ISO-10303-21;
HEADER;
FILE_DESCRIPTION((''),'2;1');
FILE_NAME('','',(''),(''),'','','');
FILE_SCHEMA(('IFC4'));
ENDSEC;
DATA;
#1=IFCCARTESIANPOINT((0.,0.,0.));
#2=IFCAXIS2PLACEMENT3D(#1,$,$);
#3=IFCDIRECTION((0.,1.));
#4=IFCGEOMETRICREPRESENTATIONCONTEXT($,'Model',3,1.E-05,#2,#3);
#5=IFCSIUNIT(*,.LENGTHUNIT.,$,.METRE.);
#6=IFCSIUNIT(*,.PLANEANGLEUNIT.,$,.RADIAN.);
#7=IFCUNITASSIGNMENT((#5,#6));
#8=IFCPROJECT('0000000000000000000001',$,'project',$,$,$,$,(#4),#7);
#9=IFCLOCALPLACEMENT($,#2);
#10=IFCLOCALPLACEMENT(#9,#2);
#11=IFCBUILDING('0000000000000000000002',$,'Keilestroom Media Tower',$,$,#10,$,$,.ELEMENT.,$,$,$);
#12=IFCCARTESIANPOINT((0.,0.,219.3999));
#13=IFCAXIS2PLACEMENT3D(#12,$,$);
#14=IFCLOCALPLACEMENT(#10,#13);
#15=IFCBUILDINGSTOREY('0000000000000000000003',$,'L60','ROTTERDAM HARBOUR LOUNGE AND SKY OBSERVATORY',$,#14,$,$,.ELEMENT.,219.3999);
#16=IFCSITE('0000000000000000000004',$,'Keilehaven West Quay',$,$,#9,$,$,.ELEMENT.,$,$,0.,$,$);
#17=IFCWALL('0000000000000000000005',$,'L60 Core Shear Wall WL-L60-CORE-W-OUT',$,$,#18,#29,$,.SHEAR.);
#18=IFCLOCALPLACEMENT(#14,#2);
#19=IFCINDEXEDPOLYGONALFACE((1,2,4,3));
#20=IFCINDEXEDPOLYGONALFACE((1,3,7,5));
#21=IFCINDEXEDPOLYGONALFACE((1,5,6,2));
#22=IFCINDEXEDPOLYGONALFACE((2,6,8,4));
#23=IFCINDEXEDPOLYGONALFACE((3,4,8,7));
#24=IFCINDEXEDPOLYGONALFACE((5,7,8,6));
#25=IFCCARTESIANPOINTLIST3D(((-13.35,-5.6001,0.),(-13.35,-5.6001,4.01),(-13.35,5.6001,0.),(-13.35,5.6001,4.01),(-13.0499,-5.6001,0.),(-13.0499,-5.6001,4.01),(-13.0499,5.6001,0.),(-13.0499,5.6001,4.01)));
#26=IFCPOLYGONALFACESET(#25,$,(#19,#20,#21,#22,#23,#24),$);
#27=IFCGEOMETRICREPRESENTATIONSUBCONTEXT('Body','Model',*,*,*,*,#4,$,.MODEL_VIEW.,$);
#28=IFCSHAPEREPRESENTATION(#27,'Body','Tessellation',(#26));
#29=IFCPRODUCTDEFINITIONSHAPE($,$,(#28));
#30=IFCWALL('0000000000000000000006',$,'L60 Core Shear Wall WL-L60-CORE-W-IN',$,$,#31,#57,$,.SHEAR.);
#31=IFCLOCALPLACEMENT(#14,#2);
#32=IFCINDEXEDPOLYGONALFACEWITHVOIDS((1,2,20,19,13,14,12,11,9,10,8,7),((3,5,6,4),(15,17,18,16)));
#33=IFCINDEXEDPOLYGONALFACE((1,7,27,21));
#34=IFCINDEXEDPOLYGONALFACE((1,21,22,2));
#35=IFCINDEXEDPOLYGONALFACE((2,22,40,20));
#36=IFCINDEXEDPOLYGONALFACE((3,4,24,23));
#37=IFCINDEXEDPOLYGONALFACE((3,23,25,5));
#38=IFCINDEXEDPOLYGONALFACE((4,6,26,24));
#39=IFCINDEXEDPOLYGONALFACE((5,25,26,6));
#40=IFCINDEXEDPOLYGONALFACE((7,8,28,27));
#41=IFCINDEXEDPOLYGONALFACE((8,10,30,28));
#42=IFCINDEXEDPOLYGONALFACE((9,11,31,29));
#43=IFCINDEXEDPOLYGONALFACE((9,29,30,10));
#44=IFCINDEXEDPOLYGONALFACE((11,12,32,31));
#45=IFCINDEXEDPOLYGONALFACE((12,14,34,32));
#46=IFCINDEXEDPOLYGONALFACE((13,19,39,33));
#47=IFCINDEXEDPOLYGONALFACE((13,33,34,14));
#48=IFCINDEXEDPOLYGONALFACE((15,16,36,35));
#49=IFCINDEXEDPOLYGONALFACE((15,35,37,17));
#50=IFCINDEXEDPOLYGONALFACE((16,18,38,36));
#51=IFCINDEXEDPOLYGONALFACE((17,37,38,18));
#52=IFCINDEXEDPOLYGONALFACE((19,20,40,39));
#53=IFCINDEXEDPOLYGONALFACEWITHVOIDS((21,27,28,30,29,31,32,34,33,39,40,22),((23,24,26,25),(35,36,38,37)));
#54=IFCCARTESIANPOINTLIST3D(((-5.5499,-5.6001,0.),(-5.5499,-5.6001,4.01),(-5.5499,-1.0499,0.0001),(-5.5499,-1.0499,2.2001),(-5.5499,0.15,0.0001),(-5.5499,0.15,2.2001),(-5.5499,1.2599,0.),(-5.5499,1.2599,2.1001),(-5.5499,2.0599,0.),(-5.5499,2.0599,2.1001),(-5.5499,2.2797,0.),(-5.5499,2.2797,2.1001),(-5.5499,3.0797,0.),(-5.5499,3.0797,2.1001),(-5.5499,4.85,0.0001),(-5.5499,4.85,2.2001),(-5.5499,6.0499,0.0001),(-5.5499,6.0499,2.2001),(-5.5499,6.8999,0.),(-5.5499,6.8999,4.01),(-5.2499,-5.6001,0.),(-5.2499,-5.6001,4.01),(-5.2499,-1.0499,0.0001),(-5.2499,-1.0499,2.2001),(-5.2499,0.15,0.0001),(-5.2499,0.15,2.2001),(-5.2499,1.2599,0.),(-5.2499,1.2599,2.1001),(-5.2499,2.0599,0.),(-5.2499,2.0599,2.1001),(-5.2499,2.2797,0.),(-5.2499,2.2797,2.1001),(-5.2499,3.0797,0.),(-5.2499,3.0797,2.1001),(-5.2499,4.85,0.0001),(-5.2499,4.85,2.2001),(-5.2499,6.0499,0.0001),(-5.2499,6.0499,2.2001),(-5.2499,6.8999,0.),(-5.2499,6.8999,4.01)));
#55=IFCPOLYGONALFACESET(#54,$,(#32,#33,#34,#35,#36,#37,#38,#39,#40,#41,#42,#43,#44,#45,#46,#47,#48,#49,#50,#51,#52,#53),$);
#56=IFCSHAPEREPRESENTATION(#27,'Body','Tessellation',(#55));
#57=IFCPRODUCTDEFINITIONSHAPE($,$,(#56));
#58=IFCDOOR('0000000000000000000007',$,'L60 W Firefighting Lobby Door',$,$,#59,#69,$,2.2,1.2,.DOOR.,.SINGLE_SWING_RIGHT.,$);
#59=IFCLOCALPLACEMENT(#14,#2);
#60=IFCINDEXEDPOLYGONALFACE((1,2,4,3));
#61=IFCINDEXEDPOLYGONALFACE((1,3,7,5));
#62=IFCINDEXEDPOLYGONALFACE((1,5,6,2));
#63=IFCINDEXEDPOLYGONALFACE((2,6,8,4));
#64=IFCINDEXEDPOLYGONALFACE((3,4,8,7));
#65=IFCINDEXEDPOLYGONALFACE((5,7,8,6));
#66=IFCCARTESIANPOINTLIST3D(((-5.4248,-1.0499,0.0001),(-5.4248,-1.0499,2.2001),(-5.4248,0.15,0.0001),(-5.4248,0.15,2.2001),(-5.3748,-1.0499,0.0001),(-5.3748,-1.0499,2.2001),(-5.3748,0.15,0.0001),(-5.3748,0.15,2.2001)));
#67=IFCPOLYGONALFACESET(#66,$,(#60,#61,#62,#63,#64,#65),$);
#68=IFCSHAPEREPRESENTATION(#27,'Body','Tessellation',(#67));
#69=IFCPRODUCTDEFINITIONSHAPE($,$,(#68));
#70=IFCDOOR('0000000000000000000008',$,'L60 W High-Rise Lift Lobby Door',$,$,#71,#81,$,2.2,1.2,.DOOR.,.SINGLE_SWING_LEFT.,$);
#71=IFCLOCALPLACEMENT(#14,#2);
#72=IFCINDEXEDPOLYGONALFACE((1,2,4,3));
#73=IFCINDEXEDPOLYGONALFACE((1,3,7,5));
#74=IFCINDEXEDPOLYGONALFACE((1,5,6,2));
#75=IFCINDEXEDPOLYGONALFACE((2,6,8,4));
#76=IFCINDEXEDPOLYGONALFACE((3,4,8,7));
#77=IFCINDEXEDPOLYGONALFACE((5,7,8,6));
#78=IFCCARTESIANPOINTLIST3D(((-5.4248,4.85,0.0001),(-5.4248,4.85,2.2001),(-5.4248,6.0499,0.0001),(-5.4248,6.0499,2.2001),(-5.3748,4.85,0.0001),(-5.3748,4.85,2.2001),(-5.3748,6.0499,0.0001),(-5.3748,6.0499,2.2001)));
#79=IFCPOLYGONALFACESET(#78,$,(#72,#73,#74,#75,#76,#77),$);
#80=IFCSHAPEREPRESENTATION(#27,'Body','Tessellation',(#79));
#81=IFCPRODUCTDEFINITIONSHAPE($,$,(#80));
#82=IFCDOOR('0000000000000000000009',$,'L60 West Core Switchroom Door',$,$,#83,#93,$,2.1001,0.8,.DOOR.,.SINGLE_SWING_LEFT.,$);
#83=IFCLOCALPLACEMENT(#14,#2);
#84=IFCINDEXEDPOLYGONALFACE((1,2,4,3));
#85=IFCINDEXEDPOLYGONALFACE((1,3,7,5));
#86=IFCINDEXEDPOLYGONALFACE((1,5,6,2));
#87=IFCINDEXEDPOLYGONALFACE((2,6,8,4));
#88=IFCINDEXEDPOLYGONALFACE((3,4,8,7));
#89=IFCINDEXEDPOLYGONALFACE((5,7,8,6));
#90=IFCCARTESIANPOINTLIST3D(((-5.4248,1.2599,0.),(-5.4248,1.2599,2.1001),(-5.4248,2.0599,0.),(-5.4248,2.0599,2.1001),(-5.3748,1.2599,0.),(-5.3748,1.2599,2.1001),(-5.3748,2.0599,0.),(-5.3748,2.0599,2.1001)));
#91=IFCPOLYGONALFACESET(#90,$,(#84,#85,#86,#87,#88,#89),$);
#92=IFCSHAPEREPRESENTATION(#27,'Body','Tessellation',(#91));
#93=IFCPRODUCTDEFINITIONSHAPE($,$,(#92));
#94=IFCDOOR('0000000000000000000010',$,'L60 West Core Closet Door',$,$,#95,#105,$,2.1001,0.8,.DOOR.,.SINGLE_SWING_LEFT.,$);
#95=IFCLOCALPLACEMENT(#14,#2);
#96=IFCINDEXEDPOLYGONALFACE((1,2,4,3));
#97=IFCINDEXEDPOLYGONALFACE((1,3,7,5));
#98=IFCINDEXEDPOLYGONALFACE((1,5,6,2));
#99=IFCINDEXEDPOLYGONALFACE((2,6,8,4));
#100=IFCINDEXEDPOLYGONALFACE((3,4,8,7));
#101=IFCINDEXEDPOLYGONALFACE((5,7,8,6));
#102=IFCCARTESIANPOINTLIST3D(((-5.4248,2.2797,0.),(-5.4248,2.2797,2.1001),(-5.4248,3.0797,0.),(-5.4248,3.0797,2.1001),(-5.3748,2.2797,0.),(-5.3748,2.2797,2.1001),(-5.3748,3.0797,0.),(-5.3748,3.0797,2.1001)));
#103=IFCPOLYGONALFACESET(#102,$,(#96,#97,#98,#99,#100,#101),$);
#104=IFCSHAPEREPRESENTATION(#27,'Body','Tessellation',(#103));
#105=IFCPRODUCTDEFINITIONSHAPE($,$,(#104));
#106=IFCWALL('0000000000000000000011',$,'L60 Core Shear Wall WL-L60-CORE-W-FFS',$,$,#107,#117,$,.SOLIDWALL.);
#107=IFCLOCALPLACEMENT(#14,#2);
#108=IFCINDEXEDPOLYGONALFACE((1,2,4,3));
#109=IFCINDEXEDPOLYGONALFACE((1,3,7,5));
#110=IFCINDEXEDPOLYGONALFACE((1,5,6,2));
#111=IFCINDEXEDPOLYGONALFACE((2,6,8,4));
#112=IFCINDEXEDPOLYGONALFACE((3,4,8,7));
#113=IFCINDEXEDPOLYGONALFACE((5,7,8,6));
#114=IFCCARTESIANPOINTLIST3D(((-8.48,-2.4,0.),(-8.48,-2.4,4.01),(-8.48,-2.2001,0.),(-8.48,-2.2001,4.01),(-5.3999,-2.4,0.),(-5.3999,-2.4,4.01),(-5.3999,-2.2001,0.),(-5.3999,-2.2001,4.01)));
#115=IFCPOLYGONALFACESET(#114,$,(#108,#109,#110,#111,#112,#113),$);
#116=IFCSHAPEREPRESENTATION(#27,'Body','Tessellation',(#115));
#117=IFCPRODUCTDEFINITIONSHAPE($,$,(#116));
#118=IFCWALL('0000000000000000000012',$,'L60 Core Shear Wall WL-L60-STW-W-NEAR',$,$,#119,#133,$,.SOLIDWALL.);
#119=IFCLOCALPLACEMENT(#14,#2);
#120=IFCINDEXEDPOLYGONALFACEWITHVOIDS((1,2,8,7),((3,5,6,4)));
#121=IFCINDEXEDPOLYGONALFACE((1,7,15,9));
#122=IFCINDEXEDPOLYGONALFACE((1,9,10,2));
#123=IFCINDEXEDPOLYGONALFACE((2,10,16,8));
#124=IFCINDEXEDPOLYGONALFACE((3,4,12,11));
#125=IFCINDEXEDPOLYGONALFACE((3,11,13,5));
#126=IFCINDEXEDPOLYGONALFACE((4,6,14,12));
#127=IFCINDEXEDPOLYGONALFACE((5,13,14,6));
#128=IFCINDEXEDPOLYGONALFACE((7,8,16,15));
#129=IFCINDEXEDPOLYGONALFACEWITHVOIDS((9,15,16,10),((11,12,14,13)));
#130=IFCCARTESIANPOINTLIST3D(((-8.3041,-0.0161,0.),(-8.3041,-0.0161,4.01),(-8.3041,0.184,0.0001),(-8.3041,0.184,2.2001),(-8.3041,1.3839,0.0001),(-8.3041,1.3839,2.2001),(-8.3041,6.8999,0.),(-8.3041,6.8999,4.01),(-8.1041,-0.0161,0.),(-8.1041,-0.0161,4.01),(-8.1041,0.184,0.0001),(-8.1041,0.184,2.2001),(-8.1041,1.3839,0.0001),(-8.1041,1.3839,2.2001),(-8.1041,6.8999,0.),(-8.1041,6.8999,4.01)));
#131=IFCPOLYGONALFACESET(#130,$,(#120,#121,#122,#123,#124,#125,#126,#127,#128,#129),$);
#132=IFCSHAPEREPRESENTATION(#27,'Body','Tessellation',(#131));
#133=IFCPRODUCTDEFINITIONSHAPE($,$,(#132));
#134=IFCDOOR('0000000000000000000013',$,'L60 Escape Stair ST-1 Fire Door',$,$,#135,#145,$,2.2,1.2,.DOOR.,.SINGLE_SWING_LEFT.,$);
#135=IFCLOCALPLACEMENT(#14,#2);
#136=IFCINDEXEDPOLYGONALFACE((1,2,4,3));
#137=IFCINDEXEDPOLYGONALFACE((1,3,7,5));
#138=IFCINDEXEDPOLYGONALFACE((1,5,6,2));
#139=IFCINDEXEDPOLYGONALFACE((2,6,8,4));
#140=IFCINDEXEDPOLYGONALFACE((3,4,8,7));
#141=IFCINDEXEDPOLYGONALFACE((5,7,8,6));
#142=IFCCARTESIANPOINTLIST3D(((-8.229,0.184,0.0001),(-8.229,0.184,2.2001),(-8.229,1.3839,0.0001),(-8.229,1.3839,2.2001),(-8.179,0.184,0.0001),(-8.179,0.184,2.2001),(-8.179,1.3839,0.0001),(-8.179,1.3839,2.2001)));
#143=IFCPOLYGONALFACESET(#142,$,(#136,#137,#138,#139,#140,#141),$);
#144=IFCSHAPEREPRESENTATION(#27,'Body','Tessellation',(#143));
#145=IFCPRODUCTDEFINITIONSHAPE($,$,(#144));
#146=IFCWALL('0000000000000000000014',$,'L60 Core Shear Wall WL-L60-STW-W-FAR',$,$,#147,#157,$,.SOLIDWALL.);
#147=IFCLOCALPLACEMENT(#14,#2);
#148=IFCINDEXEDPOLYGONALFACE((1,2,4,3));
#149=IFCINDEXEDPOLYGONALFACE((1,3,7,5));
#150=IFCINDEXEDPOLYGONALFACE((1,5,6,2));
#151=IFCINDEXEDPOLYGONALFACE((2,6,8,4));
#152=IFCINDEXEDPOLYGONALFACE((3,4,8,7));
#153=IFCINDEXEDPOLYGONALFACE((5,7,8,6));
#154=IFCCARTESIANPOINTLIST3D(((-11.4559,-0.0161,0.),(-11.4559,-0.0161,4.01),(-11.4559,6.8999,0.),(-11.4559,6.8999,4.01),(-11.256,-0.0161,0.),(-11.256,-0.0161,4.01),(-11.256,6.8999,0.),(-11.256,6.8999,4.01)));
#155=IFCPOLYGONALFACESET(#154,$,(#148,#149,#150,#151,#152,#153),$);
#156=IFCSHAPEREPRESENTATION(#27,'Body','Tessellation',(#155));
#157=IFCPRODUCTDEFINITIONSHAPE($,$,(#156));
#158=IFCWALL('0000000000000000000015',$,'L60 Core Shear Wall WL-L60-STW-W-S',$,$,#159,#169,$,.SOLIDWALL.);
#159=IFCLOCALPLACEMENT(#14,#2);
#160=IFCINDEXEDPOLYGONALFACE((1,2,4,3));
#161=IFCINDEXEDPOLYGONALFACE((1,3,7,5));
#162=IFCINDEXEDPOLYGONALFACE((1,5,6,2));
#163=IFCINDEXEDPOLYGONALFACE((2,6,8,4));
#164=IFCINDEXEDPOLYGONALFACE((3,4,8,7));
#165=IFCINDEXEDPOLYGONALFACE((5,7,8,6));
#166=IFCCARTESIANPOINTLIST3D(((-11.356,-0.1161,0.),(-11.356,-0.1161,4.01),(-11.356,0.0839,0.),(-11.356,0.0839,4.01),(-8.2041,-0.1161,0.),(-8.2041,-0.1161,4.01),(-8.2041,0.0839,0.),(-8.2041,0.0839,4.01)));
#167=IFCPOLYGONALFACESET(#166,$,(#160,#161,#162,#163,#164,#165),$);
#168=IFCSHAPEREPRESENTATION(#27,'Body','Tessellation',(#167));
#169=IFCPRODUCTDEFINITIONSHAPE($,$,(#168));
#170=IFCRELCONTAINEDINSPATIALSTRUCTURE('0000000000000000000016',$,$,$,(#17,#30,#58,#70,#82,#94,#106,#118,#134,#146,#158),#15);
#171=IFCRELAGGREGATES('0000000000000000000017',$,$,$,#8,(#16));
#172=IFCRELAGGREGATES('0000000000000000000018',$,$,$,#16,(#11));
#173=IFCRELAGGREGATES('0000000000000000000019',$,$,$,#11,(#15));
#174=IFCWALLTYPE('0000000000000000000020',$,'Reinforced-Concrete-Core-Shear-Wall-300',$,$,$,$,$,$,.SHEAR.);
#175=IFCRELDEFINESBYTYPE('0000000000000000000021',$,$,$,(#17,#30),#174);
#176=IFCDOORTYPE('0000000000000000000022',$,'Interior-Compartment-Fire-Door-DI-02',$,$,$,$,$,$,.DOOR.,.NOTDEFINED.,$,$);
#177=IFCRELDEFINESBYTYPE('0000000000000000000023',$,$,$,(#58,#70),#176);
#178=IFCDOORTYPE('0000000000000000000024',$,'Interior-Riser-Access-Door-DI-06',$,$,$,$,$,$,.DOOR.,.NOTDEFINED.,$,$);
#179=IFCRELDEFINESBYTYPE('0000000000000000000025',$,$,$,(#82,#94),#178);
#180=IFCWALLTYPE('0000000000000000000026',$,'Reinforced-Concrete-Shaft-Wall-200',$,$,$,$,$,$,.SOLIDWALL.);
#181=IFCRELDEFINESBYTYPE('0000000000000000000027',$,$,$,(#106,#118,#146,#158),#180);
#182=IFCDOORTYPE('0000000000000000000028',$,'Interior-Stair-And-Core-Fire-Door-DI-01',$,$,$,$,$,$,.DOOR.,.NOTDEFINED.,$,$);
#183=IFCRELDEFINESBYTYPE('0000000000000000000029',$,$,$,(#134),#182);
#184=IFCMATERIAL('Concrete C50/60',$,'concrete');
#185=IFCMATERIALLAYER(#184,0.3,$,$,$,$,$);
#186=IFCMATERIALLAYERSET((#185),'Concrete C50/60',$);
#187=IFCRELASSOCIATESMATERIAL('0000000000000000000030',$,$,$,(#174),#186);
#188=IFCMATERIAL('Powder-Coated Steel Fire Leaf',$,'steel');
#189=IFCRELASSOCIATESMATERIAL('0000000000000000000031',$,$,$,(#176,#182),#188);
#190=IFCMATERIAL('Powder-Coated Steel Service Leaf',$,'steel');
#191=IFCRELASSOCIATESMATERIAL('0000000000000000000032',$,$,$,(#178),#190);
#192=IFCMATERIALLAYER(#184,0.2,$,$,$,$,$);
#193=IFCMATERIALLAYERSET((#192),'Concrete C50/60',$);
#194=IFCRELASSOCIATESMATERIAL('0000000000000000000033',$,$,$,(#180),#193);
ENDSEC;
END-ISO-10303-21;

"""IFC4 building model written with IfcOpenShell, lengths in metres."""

from ifc_helpers import new_model, si_unit, direction, frame, frame_2d, origin, place, context, subcontext, project, spatial, rectangle, extrude, source, transform, mapped, material, layer, layer_set, type_object, element, fill, save


model = new_model("IFC4")

# Units and contexts
model_context = context("Model", 3, precision=1e-05, world=origin(), true_north=direction((0.0, 1.0)))
body_context = subcontext(model_context, "Body", "Model", "MODEL_VIEW")
ifc_project = project(units=[si_unit("LENGTHUNIT", "METRE"), si_unit("PLANEANGLEUNIT", "RADIAN")], contexts=[model_context])

# Site, building, storey
site_placement = place(None, origin())
site = spatial("IfcSite", under=ifc_project, at=site_placement, Name="Keilehaven West Quay", CompositionType="ELEMENT", RefElevation=0.0)
building_placement = place(site_placement, origin())
building = spatial("IfcBuilding", under=site, at=building_placement, Name="Keilestroom Media Tower", CompositionType="ELEMENT")
storey_placement = place(building_placement, frame((0.0, 0.0, 219.3999)))
storey = spatial("IfcBuildingStorey", under=building, at=storey_placement, Name="L60", Description="ROTTERDAM HARBOUR LOUNGE AND SKY OBSERVATORY", CompositionType="ELEMENT", Elevation=219.3999)

# Wall
ifc_material_1 = material(Name="Concrete C50/60", Category="concrete")
ifc_layer_1 = layer(ifc_material_1, 0.3)
ifc_layer_set_1 = layer_set([ifc_layer_1], Name="Concrete C50/60")
wall_type_1 = type_object("IfcWallType", Name="Reinforced-Concrete-Core-Shear-Wall-300", PredefinedType="SHEAR", material=ifc_layer_set_1)
wall_1_placement = place(storey_placement, frame((-13.2, -5.6001, 0.0), z_axis=(0.0, 0.0, 1.0), x_axis=(0.0, 1.0, 0.0)))
element("IfcWall", 1, at=wall_1_placement, inside=storey, type_object=wall_type_1, Name="L60 Core Shear Wall WL-L60-CORE-W-OUT", PredefinedType="SHEAR", context=body_context, shape_type="SweptSolid", body=[
    extrude(rectangle(XDim=11.2002, YDim=0.3, at=frame_2d((5.6001, 0.0))), origin(), (0.0, 0.0, 1.0), 4.01),
])

# Wall, openings, doors
wall_2_placement = place(storey_placement, frame((-5.3999, -5.6001, 0.0), z_axis=(0.0, 0.0, 1.0), x_axis=(0.0, 1.0, 0.0)))
wall_2 = element("IfcWall", 2, at=wall_2_placement, inside=storey, type_object=wall_type_1, Name="L60 Core Shear Wall WL-L60-CORE-W-IN", PredefinedType="SHEAR", context=body_context, shape_type="SweptSolid", body=[
    extrude(rectangle(XDim=12.5, YDim=0.3, at=frame_2d((6.25, 0.0))), origin(), (0.0, 0.0, 1.0), 4.01),
])
opening_1_placement = place(wall_2_placement, frame((4.55, 0.0, 0.0)))
opening_1 = element("IfcOpeningElement", 3, at=opening_1_placement, cuts=wall_2, PredefinedType="OPENING", context=body_context, shape_type="SweptSolid", body=[
    extrude(rectangle(XDim=1.2, YDim=2.2, at=frame_2d((0.6001, 1.1001))), frame((0.0, 0.1602, 0.0), z_axis=(0.0, -1.0, 0.0), x_axis=(1.0, 0.0, 0.0)), (0.0, 0.0, 1.0), 0.3201),
])
opening_2_placement = place(wall_2_placement, frame((10.45, 0.0, 0.0)))
opening_2 = element("IfcOpeningElement", 4, at=opening_2_placement, cuts=wall_2, PredefinedType="OPENING", context=body_context, shape_type="SweptSolid", body=[
    extrude(rectangle(XDim=1.2, YDim=2.2, at=frame_2d((0.6001, 1.1001))), frame((0.0, 0.1602, 0.0), z_axis=(0.0, -1.0, 0.0), x_axis=(1.0, 0.0, 0.0)), (0.0, 0.0, 1.0), 0.3201),
])
opening_3_placement = place(wall_2_placement, frame((6.8601, 0.0, 0.0)))
opening_3 = element("IfcOpeningElement", 5, at=opening_3_placement, cuts=wall_2, PredefinedType="OPENING", context=body_context, shape_type="SweptSolid", body=[
    extrude(rectangle(XDim=0.8, YDim=2.1001, at=frame_2d((0.3999, 1.05))), frame((0.0, 0.1602, 0.0), z_axis=(0.0, -1.0, 0.0), x_axis=(1.0, 0.0, 0.0)), (0.0, 0.0, 1.0), 0.3201),
])
opening_4_placement = place(wall_2_placement, frame((7.8799, 0.0, 0.0)))
opening_4 = element("IfcOpeningElement", 6, at=opening_4_placement, cuts=wall_2, PredefinedType="OPENING", context=body_context, shape_type="SweptSolid", body=[
    extrude(rectangle(XDim=0.8, YDim=2.1001, at=frame_2d((0.3999, 1.05))), frame((0.0, 0.1602, 0.0), z_axis=(0.0, -1.0, 0.0), x_axis=(1.0, 0.0, 0.0)), (0.0, 0.0, 1.0), 0.3201),
])
ifc_material_2 = material(Name="Powder-Coated Steel Fire Leaf", Category="steel")
door_type_1 = type_object("IfcDoorType", Name="Interior-Compartment-Fire-Door-DI-02", OperationType="NOTDEFINED", PredefinedType="DOOR", material=ifc_material_2)
shared_shape_1 = source(origin(), body_context, "Body", "SweptSolid", [
    extrude(rectangle(XDim=1.2, YDim=2.2, at=frame_2d((0.6001, 1.1001))), frame((0.0, 0.0249, 0.0), z_axis=(0.0, -1.0, 0.0), x_axis=(1.0, 0.0, 0.0)), (0.0, 0.0, 1.0), 0.05),
])
door_1_placement = place(opening_1_placement, origin())
door_1 = element("IfcDoor", 7, at=door_1_placement, inside=storey, type_object=door_type_1, Name="L60 W Firefighting Lobby Door", OperationType="SINGLE_SWING_RIGHT", OverallHeight=2.2, OverallWidth=1.2, PredefinedType="DOOR", context=body_context, shape_type="MappedRepresentation", body=[
    mapped(shared_shape_1, transform((0.0, 0.0, 0.0), x_axis=(1.0, 0.0, 0.0), y_axis=(0.0, 1.0, 0.0), z_axis=(0.0, 0.0, 1.0), scale=1.0)),
])
fill(opening_1, door_1)
door_2_placement = place(opening_2_placement, origin())
door_2 = element("IfcDoor", 8, at=door_2_placement, inside=storey, type_object=door_type_1, Name="L60 W High-Rise Lift Lobby Door", OperationType="SINGLE_SWING_LEFT", OverallHeight=2.2, OverallWidth=1.2, PredefinedType="DOOR", context=body_context, shape_type="MappedRepresentation", body=[
    mapped(shared_shape_1, transform((0.0, 0.0, 0.0), x_axis=(1.0, 0.0, 0.0), y_axis=(0.0, 1.0, 0.0), z_axis=(0.0, 0.0, 1.0), scale=1.0)),
])
fill(opening_2, door_2)
ifc_material_3 = material(Name="Powder-Coated Steel Service Leaf", Category="steel")
door_type_2 = type_object("IfcDoorType", Name="Interior-Riser-Access-Door-DI-06", OperationType="NOTDEFINED", PredefinedType="DOOR", material=ifc_material_3)
shared_shape_2 = source(origin(), body_context, "Body", "SweptSolid", [
    extrude(rectangle(XDim=0.8, YDim=2.1001, at=frame_2d((0.3999, 1.05))), frame((0.0, 0.0249, 0.0), z_axis=(0.0, -1.0, 0.0), x_axis=(1.0, 0.0, 0.0)), (0.0, 0.0, 1.0), 0.05),
])
door_3_placement = place(opening_3_placement, origin())
door_3 = element("IfcDoor", 9, at=door_3_placement, inside=storey, type_object=door_type_2, Name="L60 West Core Switchroom Door", OperationType="SINGLE_SWING_LEFT", OverallHeight=2.1001, OverallWidth=0.8, PredefinedType="DOOR", context=body_context, shape_type="MappedRepresentation", body=[
    mapped(shared_shape_2, transform((0.0, 0.0, 0.0), x_axis=(1.0, 0.0, 0.0), y_axis=(0.0, 1.0, 0.0), z_axis=(0.0, 0.0, 1.0), scale=1.0)),
])
fill(opening_3, door_3)
door_4_placement = place(opening_4_placement, origin())
door_4 = element("IfcDoor", 10, at=door_4_placement, inside=storey, type_object=door_type_2, Name="L60 West Core Closet Door", OperationType="SINGLE_SWING_LEFT", OverallHeight=2.1001, OverallWidth=0.8, PredefinedType="DOOR", context=body_context, shape_type="MappedRepresentation", body=[
    mapped(shared_shape_2, transform((0.0, 0.0, 0.0), x_axis=(1.0, 0.0, 0.0), y_axis=(0.0, 1.0, 0.0), z_axis=(0.0, 0.0, 1.0), scale=1.0)),
])
fill(opening_4, door_4)

# Wall
ifc_layer_2 = layer(ifc_material_1, 0.2)
ifc_layer_set_2 = layer_set([ifc_layer_2], Name="Concrete C50/60")
wall_type_2 = type_object("IfcWallType", Name="Reinforced-Concrete-Shaft-Wall-200", PredefinedType="SOLIDWALL", material=ifc_layer_set_2)
wall_3_placement = place(storey_placement, frame((-8.48, -2.3, 0.0), z_axis=(0.0, 0.0, 1.0), x_axis=(1.0, 0.0, 0.0)))
element("IfcWall", 11, at=wall_3_placement, inside=storey, type_object=wall_type_2, Name="L60 Core Shear Wall WL-L60-CORE-W-FFS", PredefinedType="SOLIDWALL", context=body_context, shape_type="SweptSolid", body=[
    extrude(rectangle(XDim=3.0801, YDim=0.2, at=frame_2d((1.54, 0.0))), origin(), (0.0, 0.0, 1.0), 4.01),
])

# Wall, opening, door
wall_4_placement = place(storey_placement, frame((-8.2041, -0.0161, 0.0), z_axis=(0.0, 0.0, 1.0), x_axis=(0.0, 1.0, 0.0)))
wall_4 = element("IfcWall", 12, at=wall_4_placement, inside=storey, type_object=wall_type_2, Name="L60 Core Shear Wall WL-L60-STW-W-NEAR", PredefinedType="SOLIDWALL", context=body_context, shape_type="SweptSolid", body=[
    extrude(rectangle(XDim=6.916, YDim=0.2, at=frame_2d((3.458, 0.0))), origin(), (0.0, 0.0, 1.0), 4.01),
])
opening_5_placement = place(wall_4_placement, frame((0.2, 0.0, 0.0)))
opening_5 = element("IfcOpeningElement", 13, at=opening_5_placement, cuts=wall_4, PredefinedType="OPENING", context=body_context, shape_type="SweptSolid", body=[
    extrude(rectangle(XDim=1.2, YDim=2.2, at=frame_2d((0.6001, 1.1001))), frame((0.0, 0.1099, 0.0), z_axis=(0.0, -1.0, 0.0), x_axis=(1.0, 0.0, 0.0)), (0.0, 0.0, 1.0), 0.22),
])
door_type_3 = type_object("IfcDoorType", Name="Interior-Stair-And-Core-Fire-Door-DI-01", OperationType="NOTDEFINED", PredefinedType="DOOR", material=ifc_material_2)
door_5_placement = place(opening_5_placement, origin())
door_5 = element("IfcDoor", 14, at=door_5_placement, inside=storey, type_object=door_type_3, Name="L60 Escape Stair ST-1 Fire Door", OperationType="SINGLE_SWING_LEFT", OverallHeight=2.2, OverallWidth=1.2, PredefinedType="DOOR", context=body_context, shape_type="MappedRepresentation", body=[
    mapped(shared_shape_1, transform((0.0, 0.0, 0.0), x_axis=(1.0, 0.0, 0.0), y_axis=(0.0, 1.0, 0.0), z_axis=(0.0, 0.0, 1.0), scale=1.0)),
])
fill(opening_5, door_5)

# Walls
wall_5_placement = place(storey_placement, frame((-11.356, -0.0161, 0.0), z_axis=(0.0, 0.0, 1.0), x_axis=(0.0, 1.0, 0.0)))
element("IfcWall", 15, at=wall_5_placement, inside=storey, type_object=wall_type_2, Name="L60 Core Shear Wall WL-L60-STW-W-FAR", PredefinedType="SOLIDWALL", context=body_context, shape_type="SweptSolid", body=[
    extrude(rectangle(XDim=6.916, YDim=0.2, at=frame_2d((3.458, 0.0))), origin(), (0.0, 0.0, 1.0), 4.01),
])
wall_6_placement = place(storey_placement, frame((-11.356, -0.0161, 0.0), z_axis=(0.0, 0.0, 1.0), x_axis=(1.0, 0.0, 0.0)))
element("IfcWall", 16, at=wall_6_placement, inside=storey, type_object=wall_type_2, Name="L60 Core Shear Wall WL-L60-STW-W-S", PredefinedType="SOLIDWALL", context=body_context, shape_type="SweptSolid", body=[
    extrude(rectangle(XDim=3.1519, YDim=0.2, at=frame_2d((1.5759, 0.0))), origin(), (0.0, 0.0, 1.0), 4.01),
])

save(model, "model.ifc")
